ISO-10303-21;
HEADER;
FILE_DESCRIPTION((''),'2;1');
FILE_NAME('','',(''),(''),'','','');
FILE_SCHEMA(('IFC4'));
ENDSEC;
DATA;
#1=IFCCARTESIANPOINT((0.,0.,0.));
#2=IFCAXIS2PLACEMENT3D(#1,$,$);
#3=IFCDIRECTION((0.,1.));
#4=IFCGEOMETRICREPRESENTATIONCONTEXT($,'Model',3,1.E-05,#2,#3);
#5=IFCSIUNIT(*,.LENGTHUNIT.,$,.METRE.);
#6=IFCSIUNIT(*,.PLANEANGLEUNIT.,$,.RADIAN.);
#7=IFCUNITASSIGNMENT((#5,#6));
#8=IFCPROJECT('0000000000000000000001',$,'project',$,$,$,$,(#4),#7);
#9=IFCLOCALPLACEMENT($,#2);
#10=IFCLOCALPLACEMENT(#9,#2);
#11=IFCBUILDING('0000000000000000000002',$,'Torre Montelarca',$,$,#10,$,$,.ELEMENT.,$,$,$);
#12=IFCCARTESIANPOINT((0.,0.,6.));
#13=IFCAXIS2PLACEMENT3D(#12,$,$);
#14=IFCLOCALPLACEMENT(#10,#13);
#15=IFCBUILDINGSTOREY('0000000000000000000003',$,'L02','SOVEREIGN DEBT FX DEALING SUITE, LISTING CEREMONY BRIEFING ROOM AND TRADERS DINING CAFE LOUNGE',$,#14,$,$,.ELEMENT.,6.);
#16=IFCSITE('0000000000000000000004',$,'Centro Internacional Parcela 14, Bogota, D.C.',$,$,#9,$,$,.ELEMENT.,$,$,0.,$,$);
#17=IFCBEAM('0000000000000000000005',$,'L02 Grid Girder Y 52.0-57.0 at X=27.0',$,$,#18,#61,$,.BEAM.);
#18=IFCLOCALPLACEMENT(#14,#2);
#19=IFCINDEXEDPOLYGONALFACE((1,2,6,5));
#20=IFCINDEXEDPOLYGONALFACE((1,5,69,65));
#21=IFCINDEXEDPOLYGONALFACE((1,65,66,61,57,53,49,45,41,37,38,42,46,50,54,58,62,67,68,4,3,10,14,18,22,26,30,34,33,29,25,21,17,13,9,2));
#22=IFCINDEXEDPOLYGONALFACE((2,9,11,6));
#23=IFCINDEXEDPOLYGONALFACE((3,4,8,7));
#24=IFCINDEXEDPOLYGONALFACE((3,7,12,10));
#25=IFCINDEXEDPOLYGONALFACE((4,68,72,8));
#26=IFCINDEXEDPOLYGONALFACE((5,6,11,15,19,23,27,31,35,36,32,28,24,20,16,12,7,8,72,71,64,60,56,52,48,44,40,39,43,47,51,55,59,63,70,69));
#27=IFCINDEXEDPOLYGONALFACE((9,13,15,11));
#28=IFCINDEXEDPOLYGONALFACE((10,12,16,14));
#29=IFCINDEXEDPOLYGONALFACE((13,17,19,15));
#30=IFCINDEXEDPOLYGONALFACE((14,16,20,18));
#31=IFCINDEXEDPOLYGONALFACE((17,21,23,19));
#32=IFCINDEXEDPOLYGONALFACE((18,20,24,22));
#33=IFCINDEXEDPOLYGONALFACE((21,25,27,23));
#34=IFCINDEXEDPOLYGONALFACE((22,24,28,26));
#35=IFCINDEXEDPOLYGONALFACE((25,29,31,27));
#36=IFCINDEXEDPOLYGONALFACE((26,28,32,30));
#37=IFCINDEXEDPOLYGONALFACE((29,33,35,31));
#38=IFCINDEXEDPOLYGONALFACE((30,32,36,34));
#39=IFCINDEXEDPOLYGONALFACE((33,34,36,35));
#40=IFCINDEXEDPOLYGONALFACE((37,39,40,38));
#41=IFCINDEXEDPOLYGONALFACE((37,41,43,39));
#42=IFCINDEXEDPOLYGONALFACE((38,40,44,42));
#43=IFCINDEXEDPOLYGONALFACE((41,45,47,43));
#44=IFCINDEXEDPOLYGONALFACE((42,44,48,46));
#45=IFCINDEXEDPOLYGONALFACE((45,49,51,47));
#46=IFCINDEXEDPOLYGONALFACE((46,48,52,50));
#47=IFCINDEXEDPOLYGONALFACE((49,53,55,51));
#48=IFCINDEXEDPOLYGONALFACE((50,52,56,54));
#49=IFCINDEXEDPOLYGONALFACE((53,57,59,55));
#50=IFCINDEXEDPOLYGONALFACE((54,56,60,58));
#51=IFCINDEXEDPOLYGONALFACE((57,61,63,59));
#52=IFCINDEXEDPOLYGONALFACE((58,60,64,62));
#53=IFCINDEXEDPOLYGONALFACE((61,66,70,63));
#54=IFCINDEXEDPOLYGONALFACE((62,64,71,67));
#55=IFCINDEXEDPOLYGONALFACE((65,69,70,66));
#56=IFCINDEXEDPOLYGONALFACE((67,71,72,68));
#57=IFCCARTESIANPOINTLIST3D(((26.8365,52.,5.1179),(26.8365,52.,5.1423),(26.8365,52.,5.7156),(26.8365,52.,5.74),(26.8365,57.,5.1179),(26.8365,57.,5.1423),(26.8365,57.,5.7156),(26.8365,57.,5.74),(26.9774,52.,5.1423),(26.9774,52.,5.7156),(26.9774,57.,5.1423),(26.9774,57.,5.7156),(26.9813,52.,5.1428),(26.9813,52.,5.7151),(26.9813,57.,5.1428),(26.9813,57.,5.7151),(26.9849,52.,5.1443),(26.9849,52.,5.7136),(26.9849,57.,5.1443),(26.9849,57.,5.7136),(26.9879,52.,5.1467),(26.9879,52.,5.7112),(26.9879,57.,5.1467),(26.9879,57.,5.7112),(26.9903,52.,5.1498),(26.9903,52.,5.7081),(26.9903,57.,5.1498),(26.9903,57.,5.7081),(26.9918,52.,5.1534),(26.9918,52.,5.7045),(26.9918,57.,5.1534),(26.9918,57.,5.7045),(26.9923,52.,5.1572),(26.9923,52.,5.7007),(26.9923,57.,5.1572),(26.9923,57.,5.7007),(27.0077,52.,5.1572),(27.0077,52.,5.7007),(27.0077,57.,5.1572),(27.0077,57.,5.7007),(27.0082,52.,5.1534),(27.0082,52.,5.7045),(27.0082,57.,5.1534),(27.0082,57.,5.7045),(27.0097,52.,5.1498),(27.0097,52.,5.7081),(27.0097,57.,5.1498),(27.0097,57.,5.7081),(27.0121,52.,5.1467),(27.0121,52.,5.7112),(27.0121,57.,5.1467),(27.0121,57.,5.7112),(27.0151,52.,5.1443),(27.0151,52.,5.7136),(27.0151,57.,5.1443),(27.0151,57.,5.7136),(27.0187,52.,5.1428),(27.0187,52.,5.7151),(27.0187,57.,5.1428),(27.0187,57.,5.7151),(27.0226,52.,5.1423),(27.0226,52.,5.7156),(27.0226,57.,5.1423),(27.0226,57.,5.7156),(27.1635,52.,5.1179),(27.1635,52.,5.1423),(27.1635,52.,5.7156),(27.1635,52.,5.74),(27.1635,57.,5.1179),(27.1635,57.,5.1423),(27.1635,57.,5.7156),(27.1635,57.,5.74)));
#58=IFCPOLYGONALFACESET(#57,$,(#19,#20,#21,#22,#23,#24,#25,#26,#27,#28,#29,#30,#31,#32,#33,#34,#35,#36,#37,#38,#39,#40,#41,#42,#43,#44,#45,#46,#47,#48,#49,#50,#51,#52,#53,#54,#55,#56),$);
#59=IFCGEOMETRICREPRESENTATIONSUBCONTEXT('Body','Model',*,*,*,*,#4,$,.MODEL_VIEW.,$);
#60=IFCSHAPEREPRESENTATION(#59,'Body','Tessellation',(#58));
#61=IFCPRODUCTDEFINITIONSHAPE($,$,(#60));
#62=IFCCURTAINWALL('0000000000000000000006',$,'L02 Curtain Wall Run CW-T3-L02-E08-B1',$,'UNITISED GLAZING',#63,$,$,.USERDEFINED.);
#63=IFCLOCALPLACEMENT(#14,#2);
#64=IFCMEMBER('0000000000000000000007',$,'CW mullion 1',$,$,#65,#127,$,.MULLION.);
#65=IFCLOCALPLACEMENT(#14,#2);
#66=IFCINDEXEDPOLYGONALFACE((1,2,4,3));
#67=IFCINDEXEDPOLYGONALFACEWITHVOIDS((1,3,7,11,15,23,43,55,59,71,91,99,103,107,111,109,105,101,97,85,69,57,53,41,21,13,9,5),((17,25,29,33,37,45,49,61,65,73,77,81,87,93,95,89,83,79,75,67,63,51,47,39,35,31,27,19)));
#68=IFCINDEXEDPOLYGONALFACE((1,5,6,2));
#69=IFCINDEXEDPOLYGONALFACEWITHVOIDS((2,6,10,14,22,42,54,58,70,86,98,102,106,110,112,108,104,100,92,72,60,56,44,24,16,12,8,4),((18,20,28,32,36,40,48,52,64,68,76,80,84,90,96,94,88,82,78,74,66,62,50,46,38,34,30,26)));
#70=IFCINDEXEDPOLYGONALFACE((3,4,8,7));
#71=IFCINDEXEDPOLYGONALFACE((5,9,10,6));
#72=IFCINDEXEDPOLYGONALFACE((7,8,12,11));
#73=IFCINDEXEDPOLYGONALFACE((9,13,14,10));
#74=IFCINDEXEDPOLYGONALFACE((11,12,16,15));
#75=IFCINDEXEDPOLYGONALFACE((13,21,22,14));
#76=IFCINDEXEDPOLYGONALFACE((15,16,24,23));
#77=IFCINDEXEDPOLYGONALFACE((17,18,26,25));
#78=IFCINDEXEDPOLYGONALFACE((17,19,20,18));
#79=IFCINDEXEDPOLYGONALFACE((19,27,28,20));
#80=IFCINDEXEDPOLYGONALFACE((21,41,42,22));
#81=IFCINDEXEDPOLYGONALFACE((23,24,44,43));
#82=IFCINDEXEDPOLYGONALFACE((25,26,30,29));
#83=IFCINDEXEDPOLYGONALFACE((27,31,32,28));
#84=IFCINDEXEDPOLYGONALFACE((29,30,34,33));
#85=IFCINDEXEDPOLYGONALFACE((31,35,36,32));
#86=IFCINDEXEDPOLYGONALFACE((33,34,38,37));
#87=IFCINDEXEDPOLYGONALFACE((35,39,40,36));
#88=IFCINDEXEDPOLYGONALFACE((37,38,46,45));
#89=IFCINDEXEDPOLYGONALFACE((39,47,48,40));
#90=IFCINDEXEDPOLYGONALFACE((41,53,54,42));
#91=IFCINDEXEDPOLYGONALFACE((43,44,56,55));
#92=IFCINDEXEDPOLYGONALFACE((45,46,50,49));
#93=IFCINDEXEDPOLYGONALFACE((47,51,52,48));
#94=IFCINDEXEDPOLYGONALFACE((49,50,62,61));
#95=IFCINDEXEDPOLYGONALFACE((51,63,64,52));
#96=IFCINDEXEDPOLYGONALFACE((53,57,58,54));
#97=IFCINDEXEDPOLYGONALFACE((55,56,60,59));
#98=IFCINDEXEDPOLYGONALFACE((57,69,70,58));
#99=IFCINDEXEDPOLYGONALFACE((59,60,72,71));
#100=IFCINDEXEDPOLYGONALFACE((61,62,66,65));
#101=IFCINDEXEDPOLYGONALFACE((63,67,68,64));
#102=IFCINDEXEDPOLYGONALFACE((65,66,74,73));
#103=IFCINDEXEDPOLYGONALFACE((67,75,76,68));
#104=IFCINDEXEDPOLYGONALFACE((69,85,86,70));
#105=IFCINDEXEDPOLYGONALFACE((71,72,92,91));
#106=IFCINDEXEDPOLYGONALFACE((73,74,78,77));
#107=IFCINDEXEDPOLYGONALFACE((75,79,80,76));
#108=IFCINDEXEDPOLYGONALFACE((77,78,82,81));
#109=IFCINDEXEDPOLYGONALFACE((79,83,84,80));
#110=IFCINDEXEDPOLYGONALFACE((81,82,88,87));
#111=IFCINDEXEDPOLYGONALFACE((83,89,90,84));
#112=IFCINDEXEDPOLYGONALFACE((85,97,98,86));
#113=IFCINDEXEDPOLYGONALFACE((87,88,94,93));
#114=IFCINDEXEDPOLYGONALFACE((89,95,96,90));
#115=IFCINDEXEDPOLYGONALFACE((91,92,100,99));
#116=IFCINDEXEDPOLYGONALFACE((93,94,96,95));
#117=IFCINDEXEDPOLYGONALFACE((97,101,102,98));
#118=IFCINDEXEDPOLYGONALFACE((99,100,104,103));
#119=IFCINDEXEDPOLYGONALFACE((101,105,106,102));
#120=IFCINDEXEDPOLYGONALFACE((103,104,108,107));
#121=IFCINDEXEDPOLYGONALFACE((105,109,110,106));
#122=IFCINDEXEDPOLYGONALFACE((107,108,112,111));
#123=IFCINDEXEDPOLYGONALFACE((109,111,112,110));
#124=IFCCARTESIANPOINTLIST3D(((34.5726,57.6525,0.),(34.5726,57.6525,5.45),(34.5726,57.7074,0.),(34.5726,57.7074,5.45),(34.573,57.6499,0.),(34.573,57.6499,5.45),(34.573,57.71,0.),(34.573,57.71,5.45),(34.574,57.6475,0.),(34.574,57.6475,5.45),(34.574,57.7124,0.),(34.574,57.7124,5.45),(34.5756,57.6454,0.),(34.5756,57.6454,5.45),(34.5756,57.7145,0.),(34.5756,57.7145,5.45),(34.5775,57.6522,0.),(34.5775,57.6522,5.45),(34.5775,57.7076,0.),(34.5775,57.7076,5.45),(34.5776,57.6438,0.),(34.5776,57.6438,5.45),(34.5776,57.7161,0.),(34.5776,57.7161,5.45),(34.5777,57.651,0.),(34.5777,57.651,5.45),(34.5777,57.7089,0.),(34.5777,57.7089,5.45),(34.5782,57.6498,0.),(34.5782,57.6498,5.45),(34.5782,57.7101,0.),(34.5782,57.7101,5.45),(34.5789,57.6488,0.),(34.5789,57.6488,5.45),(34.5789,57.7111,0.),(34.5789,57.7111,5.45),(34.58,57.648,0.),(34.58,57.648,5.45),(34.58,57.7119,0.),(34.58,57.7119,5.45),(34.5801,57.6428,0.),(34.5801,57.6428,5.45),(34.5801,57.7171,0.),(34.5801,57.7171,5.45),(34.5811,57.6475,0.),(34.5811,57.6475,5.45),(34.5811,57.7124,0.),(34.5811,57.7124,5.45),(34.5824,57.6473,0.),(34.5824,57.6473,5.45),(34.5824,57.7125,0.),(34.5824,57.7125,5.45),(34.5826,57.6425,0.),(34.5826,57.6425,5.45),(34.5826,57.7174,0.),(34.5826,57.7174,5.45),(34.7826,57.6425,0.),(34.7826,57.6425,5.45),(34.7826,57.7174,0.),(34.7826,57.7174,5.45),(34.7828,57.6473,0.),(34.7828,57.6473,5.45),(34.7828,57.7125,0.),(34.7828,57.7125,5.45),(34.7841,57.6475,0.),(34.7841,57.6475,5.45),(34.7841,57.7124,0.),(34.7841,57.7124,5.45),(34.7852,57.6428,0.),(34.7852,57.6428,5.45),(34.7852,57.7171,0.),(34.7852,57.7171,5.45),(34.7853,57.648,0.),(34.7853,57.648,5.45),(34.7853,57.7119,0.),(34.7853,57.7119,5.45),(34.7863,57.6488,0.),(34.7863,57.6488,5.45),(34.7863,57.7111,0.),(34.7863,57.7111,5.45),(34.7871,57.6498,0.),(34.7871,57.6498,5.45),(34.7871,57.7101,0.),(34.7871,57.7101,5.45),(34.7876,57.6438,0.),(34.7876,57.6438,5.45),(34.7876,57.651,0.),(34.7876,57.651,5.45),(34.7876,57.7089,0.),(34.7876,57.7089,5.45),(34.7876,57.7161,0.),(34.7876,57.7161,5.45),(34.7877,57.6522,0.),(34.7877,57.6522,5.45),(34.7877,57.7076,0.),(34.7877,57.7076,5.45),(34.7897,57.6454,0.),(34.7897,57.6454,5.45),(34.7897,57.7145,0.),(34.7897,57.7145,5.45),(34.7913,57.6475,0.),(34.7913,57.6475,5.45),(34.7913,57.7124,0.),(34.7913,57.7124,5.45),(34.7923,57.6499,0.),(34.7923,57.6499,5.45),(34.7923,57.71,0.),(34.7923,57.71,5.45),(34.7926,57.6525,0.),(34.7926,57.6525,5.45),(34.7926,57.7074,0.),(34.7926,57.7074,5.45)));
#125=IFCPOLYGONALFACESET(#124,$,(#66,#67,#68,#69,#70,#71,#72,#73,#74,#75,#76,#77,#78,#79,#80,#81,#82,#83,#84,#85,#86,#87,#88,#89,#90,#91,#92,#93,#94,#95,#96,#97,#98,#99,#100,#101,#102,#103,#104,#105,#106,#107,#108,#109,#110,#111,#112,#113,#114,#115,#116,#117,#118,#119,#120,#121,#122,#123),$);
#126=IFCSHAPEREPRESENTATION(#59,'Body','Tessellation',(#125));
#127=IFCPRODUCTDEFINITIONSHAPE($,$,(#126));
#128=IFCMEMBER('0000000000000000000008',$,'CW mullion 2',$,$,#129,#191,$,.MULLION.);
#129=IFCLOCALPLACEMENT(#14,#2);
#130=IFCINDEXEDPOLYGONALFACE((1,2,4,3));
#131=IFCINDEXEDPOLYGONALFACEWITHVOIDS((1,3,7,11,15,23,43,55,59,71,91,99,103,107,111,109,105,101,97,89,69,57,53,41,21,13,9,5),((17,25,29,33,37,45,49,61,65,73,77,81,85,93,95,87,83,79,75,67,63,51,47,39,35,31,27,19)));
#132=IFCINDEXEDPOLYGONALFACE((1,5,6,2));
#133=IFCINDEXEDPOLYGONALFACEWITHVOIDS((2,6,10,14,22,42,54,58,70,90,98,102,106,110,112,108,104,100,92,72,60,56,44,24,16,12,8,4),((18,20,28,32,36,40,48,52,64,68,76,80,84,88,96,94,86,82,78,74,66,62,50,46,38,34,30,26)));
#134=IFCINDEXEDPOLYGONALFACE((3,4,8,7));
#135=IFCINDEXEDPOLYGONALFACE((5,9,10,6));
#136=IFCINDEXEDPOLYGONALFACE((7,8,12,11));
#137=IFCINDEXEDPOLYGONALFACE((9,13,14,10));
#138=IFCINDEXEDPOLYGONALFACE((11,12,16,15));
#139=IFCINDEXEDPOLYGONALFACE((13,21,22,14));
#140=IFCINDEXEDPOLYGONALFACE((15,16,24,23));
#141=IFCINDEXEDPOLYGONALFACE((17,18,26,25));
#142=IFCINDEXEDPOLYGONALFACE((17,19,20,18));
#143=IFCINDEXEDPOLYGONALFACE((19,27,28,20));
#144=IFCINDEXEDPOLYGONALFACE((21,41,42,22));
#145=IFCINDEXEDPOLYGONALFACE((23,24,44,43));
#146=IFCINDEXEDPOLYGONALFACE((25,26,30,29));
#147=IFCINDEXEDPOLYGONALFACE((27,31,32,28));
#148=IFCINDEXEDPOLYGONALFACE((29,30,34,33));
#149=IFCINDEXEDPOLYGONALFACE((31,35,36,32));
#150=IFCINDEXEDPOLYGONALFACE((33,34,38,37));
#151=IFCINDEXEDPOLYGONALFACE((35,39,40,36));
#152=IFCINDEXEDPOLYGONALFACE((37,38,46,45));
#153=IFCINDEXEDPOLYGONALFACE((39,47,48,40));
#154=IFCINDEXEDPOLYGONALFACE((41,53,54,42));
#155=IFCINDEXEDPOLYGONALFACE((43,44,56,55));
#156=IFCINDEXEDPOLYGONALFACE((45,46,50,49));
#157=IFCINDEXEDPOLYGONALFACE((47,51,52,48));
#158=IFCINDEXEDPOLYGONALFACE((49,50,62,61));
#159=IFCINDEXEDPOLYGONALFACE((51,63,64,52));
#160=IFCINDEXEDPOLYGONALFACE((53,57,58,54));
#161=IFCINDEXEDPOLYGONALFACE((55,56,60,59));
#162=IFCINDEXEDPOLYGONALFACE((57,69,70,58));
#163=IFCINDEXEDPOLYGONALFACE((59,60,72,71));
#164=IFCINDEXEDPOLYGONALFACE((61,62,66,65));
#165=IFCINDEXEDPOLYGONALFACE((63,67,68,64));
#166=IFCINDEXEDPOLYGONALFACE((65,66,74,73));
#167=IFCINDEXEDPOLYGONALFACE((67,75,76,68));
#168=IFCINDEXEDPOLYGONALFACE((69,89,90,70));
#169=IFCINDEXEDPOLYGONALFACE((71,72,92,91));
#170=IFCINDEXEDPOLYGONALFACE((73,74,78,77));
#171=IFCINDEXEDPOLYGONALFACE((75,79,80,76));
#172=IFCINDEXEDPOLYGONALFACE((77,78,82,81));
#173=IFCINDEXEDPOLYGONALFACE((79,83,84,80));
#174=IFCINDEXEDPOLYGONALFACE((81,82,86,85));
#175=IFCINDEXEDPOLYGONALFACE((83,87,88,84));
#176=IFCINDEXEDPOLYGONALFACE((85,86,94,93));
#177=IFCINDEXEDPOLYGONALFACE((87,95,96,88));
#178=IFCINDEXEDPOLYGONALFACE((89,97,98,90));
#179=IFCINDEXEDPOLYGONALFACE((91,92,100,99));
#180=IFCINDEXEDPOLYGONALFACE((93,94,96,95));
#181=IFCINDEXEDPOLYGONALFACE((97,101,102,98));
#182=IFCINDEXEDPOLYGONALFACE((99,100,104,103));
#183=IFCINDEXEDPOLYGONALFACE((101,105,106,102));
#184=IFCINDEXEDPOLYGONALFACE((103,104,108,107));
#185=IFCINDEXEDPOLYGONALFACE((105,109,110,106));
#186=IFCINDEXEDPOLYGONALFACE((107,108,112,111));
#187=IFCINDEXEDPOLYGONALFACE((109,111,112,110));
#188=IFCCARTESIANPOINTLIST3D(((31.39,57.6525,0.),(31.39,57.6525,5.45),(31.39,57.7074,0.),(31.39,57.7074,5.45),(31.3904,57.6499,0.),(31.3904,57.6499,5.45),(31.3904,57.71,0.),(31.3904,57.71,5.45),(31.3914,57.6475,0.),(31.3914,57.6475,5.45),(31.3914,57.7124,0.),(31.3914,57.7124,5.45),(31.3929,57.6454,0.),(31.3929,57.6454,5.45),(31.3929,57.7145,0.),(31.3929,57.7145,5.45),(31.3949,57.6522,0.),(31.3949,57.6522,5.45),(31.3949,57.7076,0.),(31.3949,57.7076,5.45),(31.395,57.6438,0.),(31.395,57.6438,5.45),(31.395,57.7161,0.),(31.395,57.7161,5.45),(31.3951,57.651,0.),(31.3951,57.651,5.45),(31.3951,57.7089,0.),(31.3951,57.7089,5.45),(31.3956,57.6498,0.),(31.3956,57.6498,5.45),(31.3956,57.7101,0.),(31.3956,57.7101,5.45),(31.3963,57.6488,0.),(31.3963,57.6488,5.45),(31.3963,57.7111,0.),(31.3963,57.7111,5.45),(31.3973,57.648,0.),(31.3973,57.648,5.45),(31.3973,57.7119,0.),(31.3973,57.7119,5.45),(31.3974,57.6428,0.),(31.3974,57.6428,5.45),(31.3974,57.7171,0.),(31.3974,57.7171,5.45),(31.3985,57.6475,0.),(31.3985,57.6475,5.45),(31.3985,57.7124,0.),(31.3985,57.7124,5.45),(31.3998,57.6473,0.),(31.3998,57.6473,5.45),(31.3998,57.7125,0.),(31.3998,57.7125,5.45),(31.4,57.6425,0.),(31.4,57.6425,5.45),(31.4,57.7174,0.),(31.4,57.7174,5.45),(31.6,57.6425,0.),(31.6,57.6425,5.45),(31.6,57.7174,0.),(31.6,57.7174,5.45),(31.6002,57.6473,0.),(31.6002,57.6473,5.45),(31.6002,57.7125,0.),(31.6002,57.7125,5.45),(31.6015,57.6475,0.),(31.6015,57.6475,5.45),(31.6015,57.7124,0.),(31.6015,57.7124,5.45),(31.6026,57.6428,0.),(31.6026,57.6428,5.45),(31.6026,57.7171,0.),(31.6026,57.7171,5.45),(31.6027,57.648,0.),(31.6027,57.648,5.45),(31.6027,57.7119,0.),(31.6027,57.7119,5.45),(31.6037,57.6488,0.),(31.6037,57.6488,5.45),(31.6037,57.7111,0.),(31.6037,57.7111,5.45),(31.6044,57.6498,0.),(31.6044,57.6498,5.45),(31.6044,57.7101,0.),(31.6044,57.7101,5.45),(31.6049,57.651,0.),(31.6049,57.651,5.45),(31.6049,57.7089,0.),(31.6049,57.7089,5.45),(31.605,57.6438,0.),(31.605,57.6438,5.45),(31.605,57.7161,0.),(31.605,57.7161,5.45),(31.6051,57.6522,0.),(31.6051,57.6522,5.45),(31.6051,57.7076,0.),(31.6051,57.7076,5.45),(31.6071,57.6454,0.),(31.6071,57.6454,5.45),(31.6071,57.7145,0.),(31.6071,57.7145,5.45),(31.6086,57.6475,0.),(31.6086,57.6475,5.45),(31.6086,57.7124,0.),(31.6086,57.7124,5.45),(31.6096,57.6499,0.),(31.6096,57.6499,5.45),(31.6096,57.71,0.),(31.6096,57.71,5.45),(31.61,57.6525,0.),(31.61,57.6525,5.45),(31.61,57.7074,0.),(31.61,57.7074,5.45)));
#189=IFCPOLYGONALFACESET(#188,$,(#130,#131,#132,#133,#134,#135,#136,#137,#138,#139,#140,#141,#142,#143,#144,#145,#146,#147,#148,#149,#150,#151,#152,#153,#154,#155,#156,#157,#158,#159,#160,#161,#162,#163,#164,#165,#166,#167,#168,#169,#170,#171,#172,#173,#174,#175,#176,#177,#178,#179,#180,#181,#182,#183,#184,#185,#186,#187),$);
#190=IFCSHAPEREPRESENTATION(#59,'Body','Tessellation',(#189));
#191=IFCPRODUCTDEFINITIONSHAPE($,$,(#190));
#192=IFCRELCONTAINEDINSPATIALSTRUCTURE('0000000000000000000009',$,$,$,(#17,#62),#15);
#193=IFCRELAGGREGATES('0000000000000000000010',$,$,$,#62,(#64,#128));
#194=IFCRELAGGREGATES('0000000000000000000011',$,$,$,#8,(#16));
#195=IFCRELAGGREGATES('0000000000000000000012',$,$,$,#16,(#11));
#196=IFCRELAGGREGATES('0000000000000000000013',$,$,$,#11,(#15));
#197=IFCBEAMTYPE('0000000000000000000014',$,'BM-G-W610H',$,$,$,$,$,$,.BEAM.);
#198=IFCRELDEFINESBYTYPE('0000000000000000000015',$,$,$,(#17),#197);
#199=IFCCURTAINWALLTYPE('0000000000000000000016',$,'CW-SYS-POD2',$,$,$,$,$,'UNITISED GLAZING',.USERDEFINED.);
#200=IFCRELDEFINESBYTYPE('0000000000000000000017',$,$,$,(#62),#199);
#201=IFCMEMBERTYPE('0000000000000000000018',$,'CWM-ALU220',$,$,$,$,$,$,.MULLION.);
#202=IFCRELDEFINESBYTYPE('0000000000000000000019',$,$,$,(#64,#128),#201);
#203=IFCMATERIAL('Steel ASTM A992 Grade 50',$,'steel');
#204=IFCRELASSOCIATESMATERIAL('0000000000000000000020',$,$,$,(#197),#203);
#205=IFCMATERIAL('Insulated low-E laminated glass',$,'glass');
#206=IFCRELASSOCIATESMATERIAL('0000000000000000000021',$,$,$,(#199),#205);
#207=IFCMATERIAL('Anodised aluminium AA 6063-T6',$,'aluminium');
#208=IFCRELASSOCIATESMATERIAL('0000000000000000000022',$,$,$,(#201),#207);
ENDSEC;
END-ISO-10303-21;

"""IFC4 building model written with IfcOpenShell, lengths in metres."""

from ifc_helpers import new_model, si_unit, direction, frame, origin, origin_2d, place, context, subcontext, project, spatial, hollow_rectangle, i_section, extrude, source, transform, mapped, material, material_profile, profile_set, type_object, element, aggregate, save


model = new_model("IFC4")

# Units and contexts
model_context = context("Model", 3, precision=1e-05, world=origin(), true_north=direction((0.0, 1.0)))
body_context = subcontext(model_context, "Body", "Model", "MODEL_VIEW")
ifc_project = project(units=[si_unit("LENGTHUNIT", "METRE"), si_unit("PLANEANGLEUNIT", "RADIAN")], contexts=[model_context])

# Site, building, storey
site_placement = place(None, origin())
site = spatial("IfcSite", under=ifc_project, at=site_placement, Name="Centro Internacional Parcela 14, Bogota, D.C.", CompositionType="ELEMENT", RefElevation=0.0)
building_placement = place(site_placement, origin())
building = spatial("IfcBuilding", under=site, at=building_placement, Name="Torre Montelarca", CompositionType="ELEMENT")
storey_placement = place(building_placement, frame((0.0, 0.0, 6.0)))
storey = spatial("IfcBuildingStorey", under=building, at=storey_placement, Name="L02", Description="SOVEREIGN DEBT FX DEALING SUITE, LISTING CEREMONY BRIEFING ROOM AND TRADERS DINING CAFE LOUNGE", CompositionType="ELEMENT", Elevation=6.0)

# Beam
ifc_material_1 = material(Name="Steel ASTM A992 Grade 50", Category="steel")
ifc_material_profile_1 = material_profile(ifc_material_1, i_section(OverallWidth=0.3269, OverallDepth=0.6221, WebThickness=0.0154, FlangeThickness=0.0244, FilletRadius=0.0149, at=origin_2d()), Name="W610X195", Category="steel")
ifc_profile_set_1 = profile_set([ifc_material_profile_1], Name="Steel ASTM A992 Grade 50")
beam_type_1 = type_object("IfcBeamType", Name="BM-G-W610H", PredefinedType="BEAM", material=ifc_profile_set_1)
shared_shape_1 = source(origin(), body_context, "Body", "SweptSolid", [
    extrude(i_section(OverallWidth=0.3269, OverallDepth=0.6221, WebThickness=0.0154, FlangeThickness=0.0244, FilletRadius=0.0149, at=origin_2d()), origin(), (0.0, 0.0, 1.0), 5.0),
])
beam_1_placement = place(storey_placement, frame((27.0, 52.0, 5.429), z_axis=(0.0, 1.0, 0.0), x_axis=(-1.0, 0.0, 0.0)))
element("IfcBeam", 1, at=beam_1_placement, inside=storey, type_object=beam_type_1, Name="L02 Grid Girder Y 52.0-57.0 at X=27.0", PredefinedType="BEAM", context=body_context, shape_type="MappedRepresentation", body=[
    mapped(shared_shape_1, transform((0.0, 0.0, 0.0), scale=1.0)),
])

# Curtain wall, members
ifc_material_2 = material(Name="Insulated low-E laminated glass", Category="glass")
curtain_wall_type = type_object("IfcCurtainWallType", Name="CW-SYS-POD2", ElementType="UNITISED GLAZING", PredefinedType="USERDEFINED", material=ifc_material_2)
curtain_wall_placement = place(storey_placement, origin())
curtain_wall = element("IfcCurtainWall", 2, at=curtain_wall_placement, inside=storey, type_object=curtain_wall_type, Name="L02 Curtain Wall Run CW-T3-L02-E08-B1", ObjectType="UNITISED GLAZING", PredefinedType="USERDEFINED")
ifc_material_3 = material(Name="Anodised aluminium AA 6063-T6", Category="aluminium")
ifc_material_profile_2 = material_profile(ifc_material_3, hollow_rectangle(XDim=0.075, YDim=0.22, WallThickness=0.0049, InnerFilletRadius=0.0049, OuterFilletRadius=0.01, at=origin_2d()), Name="ALU75X220X5", Category="aluminium")
ifc_profile_set_2 = profile_set([ifc_material_profile_2], Name="Anodised aluminium AA 6063-T6")
member_type_1 = type_object("IfcMemberType", Name="CWM-ALU220", PredefinedType="MULLION", material=ifc_profile_set_2)
shared_shape_2 = source(origin(), body_context, "Body", "SweptSolid", [
    extrude(hollow_rectangle(XDim=0.075, YDim=0.22, WallThickness=0.0049, InnerFilletRadius=0.0049, OuterFilletRadius=0.01, at=origin_2d()), origin(), (0.0, 0.0, 1.0), 5.45),
])
member_1_placement = place(storey_placement, frame((34.6826, 57.6799, 0.0), z_axis=(0.0, 0.0, 1.0), x_axis=(0.0, -1.0, 0.0)))
member_1 = element("IfcMember", 3, at=member_1_placement, type_object=member_type_1, Name="CW mullion 1", PredefinedType="MULLION", context=body_context, shape_type="MappedRepresentation", body=[
    mapped(shared_shape_2, transform((0.0, 0.0, 0.0), scale=1.0)),
])
member_2_placement = place(storey_placement, frame((31.5, 57.6799, 0.0), z_axis=(0.0, 0.0, 1.0), x_axis=(0.0, -1.0, 0.0)))
member_2 = element("IfcMember", 4, at=member_2_placement, type_object=member_type_1, Name="CW mullion 2", PredefinedType="MULLION", context=body_context, shape_type="MappedRepresentation", body=[
    mapped(shared_shape_2, transform((0.0, 0.0, 0.0), scale=1.0)),
])
aggregate(curtain_wall, [member_1, member_2])

save(model, "model.ifc")
